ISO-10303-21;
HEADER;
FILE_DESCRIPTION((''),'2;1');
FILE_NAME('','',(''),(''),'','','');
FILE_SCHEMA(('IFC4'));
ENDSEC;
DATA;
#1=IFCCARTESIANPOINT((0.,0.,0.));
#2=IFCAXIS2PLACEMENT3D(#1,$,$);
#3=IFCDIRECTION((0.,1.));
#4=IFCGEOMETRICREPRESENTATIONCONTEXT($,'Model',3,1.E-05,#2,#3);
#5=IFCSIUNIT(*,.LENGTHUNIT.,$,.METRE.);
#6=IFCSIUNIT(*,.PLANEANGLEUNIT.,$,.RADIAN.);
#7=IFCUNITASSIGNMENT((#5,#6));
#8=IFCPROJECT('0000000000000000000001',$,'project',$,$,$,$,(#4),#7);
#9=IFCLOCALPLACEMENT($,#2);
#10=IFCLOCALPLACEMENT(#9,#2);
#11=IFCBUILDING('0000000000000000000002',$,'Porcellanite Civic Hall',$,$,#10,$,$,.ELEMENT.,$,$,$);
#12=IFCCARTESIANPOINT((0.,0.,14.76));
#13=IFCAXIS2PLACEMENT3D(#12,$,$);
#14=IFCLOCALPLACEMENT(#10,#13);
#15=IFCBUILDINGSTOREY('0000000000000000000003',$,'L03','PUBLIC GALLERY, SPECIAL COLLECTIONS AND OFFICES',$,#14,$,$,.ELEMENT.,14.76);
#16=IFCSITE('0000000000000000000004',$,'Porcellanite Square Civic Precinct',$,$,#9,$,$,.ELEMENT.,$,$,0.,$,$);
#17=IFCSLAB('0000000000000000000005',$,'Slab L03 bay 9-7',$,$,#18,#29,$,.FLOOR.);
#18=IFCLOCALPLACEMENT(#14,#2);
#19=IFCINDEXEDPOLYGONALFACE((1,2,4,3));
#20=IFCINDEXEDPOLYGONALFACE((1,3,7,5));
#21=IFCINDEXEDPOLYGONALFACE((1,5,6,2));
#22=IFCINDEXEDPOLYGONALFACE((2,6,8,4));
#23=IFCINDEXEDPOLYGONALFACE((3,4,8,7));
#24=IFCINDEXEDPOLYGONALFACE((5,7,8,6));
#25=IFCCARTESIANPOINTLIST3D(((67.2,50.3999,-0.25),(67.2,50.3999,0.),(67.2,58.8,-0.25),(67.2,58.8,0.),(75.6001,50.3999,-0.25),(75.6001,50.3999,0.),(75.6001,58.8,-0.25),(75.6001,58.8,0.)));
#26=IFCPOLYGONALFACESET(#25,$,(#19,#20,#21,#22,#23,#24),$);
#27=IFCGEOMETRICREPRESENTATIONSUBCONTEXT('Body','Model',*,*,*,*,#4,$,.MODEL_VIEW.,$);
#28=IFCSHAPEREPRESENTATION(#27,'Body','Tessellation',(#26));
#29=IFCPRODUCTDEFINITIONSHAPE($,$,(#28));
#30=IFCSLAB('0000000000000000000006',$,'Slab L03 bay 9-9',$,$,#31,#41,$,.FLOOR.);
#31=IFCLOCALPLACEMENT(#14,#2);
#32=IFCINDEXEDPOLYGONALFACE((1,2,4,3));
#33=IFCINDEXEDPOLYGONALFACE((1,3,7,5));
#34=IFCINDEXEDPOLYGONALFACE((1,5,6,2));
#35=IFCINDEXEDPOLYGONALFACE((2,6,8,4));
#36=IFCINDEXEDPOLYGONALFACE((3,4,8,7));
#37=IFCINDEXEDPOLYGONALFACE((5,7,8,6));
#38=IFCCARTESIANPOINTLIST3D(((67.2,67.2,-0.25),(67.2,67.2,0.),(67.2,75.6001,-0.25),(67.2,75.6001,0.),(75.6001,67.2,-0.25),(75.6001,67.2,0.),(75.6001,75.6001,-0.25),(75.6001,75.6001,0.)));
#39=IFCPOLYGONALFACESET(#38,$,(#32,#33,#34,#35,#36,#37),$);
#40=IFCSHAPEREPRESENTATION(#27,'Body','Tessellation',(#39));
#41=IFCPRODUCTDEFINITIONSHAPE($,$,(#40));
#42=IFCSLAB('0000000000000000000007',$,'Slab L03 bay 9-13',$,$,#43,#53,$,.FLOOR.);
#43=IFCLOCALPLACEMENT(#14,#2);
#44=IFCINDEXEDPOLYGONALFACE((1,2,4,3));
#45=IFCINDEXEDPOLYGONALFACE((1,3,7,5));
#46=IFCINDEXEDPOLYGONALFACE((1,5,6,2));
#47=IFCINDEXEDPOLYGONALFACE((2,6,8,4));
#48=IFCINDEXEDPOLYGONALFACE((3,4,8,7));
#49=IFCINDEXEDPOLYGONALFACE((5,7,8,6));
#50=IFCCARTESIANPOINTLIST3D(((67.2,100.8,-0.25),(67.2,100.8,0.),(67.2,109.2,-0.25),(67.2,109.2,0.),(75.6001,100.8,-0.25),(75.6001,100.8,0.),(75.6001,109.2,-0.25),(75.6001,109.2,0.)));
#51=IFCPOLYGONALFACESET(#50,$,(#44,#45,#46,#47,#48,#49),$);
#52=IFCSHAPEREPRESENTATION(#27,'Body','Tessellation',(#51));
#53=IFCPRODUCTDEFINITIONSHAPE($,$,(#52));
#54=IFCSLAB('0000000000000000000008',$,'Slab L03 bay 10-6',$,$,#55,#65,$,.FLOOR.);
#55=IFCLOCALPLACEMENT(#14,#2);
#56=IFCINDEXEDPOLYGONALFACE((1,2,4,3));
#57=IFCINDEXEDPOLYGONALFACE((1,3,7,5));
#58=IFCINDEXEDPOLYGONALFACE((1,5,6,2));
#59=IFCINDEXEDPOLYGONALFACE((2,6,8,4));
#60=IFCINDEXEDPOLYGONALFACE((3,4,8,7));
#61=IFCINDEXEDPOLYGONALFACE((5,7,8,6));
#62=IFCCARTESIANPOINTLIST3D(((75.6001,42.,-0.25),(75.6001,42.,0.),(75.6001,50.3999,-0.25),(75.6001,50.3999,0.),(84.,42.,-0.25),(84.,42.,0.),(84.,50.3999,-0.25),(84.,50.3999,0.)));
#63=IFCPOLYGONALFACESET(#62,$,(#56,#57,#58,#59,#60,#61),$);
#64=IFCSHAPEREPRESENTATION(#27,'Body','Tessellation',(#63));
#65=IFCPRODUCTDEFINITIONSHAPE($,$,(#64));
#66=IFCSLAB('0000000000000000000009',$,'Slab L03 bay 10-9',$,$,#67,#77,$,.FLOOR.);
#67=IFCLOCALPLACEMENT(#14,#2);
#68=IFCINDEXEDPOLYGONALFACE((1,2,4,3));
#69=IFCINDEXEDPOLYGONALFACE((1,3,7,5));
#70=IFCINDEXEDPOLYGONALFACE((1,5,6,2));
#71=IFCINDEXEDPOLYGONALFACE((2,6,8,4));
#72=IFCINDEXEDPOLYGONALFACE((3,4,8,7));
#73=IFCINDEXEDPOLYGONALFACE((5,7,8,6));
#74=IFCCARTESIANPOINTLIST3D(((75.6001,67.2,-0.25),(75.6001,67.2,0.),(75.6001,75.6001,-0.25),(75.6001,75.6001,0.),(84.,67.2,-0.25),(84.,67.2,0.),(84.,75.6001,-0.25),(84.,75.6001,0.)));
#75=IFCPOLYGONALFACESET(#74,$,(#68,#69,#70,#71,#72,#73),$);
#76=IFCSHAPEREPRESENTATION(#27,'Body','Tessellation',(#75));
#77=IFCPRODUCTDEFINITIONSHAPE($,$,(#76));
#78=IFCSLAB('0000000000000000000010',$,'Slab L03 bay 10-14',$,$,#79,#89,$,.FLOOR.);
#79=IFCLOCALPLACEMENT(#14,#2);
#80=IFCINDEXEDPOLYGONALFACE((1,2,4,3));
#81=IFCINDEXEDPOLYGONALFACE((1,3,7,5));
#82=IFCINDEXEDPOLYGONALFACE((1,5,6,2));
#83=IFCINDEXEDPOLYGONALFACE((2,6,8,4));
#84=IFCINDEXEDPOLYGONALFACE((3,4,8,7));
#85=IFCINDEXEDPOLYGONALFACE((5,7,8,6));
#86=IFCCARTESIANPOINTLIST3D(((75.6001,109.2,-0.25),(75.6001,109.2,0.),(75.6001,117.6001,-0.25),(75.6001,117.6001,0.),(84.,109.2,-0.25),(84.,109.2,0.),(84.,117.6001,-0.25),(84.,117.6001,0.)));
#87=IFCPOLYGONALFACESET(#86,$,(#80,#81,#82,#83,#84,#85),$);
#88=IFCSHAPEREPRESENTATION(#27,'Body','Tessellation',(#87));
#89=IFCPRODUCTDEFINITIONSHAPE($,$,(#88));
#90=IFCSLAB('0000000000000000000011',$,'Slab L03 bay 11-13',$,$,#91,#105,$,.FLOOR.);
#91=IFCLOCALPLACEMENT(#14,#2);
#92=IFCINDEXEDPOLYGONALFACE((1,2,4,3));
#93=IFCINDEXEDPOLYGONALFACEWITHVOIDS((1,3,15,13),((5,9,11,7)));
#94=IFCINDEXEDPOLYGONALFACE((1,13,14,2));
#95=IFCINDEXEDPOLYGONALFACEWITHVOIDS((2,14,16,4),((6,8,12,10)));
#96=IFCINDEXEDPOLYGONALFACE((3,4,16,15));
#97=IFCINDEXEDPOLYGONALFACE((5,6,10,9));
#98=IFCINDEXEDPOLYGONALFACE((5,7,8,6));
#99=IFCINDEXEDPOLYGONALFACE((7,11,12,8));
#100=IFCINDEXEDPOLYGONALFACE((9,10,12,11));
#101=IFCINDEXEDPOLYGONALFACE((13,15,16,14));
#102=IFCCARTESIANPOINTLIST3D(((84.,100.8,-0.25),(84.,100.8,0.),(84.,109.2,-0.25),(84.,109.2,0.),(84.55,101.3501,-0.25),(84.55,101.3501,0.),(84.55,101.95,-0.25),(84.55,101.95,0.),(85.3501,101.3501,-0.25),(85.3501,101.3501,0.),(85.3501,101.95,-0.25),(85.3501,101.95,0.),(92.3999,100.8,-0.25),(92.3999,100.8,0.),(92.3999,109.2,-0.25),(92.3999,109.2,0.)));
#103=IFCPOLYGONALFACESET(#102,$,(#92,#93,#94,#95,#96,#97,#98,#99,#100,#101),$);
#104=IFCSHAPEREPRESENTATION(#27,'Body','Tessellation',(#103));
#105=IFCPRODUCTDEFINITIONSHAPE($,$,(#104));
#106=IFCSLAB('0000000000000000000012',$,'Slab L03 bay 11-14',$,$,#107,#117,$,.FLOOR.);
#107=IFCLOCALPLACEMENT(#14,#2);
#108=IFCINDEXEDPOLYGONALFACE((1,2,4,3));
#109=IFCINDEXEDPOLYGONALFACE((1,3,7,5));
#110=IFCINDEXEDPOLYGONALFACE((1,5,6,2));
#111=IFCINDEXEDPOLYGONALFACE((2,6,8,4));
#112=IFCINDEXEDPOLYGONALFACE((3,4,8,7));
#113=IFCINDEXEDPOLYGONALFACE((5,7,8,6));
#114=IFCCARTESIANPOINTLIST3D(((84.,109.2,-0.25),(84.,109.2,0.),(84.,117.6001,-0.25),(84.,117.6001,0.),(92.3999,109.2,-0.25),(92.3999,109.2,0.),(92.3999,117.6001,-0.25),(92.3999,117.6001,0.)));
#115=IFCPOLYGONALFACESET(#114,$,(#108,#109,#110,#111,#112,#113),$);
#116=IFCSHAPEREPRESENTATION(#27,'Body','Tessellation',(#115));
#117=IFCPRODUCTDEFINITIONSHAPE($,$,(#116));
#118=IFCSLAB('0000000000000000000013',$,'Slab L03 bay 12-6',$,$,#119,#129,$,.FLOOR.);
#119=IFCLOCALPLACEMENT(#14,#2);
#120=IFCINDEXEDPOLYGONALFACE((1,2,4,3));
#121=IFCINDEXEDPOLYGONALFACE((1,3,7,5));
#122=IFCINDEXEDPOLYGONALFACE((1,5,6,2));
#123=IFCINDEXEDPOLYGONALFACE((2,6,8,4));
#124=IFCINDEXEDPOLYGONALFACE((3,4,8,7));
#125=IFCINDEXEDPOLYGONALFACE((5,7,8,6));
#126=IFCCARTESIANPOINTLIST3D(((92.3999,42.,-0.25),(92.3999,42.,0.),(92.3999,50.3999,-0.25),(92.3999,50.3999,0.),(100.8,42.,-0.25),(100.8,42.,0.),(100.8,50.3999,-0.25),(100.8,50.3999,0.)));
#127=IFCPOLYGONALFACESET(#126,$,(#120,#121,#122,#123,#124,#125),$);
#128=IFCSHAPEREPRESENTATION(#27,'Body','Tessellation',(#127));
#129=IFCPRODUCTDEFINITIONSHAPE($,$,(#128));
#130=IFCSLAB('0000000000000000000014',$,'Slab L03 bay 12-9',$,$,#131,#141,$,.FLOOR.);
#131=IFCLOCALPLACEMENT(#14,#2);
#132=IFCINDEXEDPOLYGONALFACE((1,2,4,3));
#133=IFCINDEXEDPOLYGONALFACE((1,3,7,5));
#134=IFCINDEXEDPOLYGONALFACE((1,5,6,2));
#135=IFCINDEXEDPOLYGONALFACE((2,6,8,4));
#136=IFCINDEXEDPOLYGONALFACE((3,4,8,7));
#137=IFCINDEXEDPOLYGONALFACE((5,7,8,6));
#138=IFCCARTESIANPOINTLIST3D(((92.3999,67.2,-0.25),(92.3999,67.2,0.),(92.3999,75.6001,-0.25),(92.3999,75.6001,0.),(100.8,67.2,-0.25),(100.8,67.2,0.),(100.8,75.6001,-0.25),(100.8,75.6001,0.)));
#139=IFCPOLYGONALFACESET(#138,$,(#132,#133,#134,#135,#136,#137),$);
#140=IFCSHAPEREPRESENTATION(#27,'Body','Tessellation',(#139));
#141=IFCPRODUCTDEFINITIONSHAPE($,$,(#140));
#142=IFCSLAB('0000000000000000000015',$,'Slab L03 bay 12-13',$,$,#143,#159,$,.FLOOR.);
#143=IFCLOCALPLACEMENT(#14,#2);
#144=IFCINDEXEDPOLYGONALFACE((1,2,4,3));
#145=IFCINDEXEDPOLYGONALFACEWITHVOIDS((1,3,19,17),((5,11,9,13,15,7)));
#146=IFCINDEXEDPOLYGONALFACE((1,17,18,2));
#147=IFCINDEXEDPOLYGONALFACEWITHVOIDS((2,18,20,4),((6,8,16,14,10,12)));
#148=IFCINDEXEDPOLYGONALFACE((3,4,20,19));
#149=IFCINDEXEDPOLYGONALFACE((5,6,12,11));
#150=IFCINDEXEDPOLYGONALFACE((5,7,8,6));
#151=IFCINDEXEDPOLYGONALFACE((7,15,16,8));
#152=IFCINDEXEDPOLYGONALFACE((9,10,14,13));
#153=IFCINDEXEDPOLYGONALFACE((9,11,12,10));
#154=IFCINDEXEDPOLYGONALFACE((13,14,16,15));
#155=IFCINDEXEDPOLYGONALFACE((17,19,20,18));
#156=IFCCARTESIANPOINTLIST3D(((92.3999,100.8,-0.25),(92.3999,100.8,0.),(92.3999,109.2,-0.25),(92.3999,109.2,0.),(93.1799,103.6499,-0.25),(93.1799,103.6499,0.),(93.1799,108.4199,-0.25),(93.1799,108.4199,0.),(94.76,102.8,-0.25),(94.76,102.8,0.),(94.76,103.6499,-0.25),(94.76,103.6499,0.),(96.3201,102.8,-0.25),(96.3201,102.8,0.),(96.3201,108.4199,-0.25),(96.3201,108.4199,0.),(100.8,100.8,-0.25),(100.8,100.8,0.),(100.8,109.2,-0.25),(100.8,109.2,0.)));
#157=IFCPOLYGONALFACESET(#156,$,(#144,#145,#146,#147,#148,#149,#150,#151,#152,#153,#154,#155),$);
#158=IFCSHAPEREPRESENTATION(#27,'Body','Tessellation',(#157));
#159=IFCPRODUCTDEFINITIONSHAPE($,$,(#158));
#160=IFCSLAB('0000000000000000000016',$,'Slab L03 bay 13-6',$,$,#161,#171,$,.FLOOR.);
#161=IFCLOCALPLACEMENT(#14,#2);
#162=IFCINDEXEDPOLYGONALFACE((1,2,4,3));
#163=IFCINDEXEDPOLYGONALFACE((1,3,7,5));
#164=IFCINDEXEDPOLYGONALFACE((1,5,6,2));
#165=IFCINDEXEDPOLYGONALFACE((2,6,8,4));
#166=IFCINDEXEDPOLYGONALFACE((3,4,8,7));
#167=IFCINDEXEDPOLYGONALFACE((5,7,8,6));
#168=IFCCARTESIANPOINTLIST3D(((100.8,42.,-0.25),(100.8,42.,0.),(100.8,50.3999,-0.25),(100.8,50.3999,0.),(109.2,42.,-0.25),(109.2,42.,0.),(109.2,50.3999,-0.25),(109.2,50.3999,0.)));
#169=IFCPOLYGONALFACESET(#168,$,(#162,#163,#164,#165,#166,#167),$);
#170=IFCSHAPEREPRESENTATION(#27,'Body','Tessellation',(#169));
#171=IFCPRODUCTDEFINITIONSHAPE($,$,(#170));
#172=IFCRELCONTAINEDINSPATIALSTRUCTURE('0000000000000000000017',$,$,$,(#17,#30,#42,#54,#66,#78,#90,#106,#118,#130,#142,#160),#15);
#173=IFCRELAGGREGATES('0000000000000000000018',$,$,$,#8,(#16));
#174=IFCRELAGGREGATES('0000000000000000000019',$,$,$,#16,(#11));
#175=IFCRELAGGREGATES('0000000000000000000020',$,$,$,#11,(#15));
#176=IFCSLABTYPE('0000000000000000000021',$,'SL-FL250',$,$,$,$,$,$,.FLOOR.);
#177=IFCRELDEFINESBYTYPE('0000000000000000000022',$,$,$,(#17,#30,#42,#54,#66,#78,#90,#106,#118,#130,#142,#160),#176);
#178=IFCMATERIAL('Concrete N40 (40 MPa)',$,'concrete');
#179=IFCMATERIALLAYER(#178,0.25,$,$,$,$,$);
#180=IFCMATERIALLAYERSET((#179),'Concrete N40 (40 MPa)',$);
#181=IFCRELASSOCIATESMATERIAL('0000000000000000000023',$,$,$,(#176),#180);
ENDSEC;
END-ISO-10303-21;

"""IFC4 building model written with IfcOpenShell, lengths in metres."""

from ifc_helpers import new_model, si_unit, direction, frame, origin, place, context, subcontext, project, spatial, polyline, outline, extrude, material, layer, layer_set, type_object, element, save


model = new_model("IFC4")

# Units and contexts
model_context = context("Model", 3, precision=1e-05, world=origin(), true_north=direction((0.0, 1.0)))
body_context = subcontext(model_context, "Body", "Model", "MODEL_VIEW")
ifc_project = project(units=[si_unit("LENGTHUNIT", "METRE"), si_unit("PLANEANGLEUNIT", "RADIAN")], contexts=[model_context])

# Site, building, storey
site_placement = place(None, origin())
site = spatial("IfcSite", under=ifc_project, at=site_placement, Name="Porcellanite Square Civic Precinct", CompositionType="ELEMENT", RefElevation=0.0)
building_placement = place(site_placement, origin())
building = spatial("IfcBuilding", under=site, at=building_placement, Name="Porcellanite Civic Hall", CompositionType="ELEMENT")
storey_placement = place(building_placement, frame((0.0, 0.0, 14.76)))
storey = spatial("IfcBuildingStorey", under=building, at=storey_placement, Name="L03", Description="PUBLIC GALLERY, SPECIAL COLLECTIONS AND OFFICES", CompositionType="ELEMENT", Elevation=14.76)

# Slabs
ifc_material = material(Name="Concrete N40 (40 MPa)", Category="concrete")
ifc_layer = layer(ifc_material, 0.25)
ifc_layer_set = layer_set([ifc_layer], Name="Concrete N40 (40 MPa)")
slab_type = type_object("IfcSlabType", Name="SL-FL250", PredefinedType="FLOOR", material=ifc_layer_set)
slab_1_placement = place(storey_placement, frame((0.0, 0.0, -0.25)))
element("IfcSlab", 1, at=slab_1_placement, inside=storey, type_object=slab_type, Name="Slab L03 bay 9-7", PredefinedType="FLOOR", context=body_context, shape_type="SweptSolid", body=[
    extrude(outline(polyline([(67.2, 50.3999), (75.6001, 50.3999), (75.6001, 58.8), (67.2, 58.8), (67.2, 50.3999)])), origin(), (0.0, 0.0, 1.0), 0.25),
])
slab_2_placement = place(storey_placement, frame((0.0, 0.0, -0.25)))
element("IfcSlab", 2, at=slab_2_placement, inside=storey, type_object=slab_type, Name="Slab L03 bay 9-9", PredefinedType="FLOOR", context=body_context, shape_type="SweptSolid", body=[
    extrude(outline(polyline([(67.2, 67.2), (75.6001, 67.2), (75.6001, 75.6001), (67.2, 75.6001), (67.2, 67.2)])), origin(), (0.0, 0.0, 1.0), 0.25),
])
slab_3_placement = place(storey_placement, frame((0.0, 0.0, -0.25)))
element("IfcSlab", 3, at=slab_3_placement, inside=storey, type_object=slab_type, Name="Slab L03 bay 9-13", PredefinedType="FLOOR", context=body_context, shape_type="SweptSolid", body=[
    extrude(outline(polyline([(67.2, 100.8), (75.6001, 100.8), (75.6001, 109.2), (67.2, 109.2), (67.2, 100.8)])), origin(), (0.0, 0.0, 1.0), 0.25),
])
slab_4_placement = place(storey_placement, frame((0.0, 0.0, -0.25)))
element("IfcSlab", 4, at=slab_4_placement, inside=storey, type_object=slab_type, Name="Slab L03 bay 10-6", PredefinedType="FLOOR", context=body_context, shape_type="SweptSolid", body=[
    extrude(outline(polyline([(75.6001, 42.0), (84.0, 42.0), (84.0, 50.3999), (75.6001, 50.3999), (75.6001, 42.0)])), origin(), (0.0, 0.0, 1.0), 0.25),
])
slab_5_placement = place(storey_placement, frame((0.0, 0.0, -0.25)))
element("IfcSlab", 5, at=slab_5_placement, inside=storey, type_object=slab_type, Name="Slab L03 bay 10-9", PredefinedType="FLOOR", context=body_context, shape_type="SweptSolid", body=[
    extrude(outline(polyline([(75.6001, 67.2), (84.0, 67.2), (84.0, 75.6001), (75.6001, 75.6001), (75.6001, 67.2)])), origin(), (0.0, 0.0, 1.0), 0.25),
])
slab_6_placement = place(storey_placement, frame((0.0, 0.0, -0.25)))
element("IfcSlab", 6, at=slab_6_placement, inside=storey, type_object=slab_type, Name="Slab L03 bay 10-14", PredefinedType="FLOOR", context=body_context, shape_type="SweptSolid", body=[
    extrude(outline(polyline([(75.6001, 109.2), (84.0, 109.2), (84.0, 117.6001), (75.6001, 117.6001), (75.6001, 109.2)])), origin(), (0.0, 0.0, 1.0), 0.25),
])
slab_7_placement = place(storey_placement, frame((0.0, 0.0, -0.25)))
element("IfcSlab", 7, at=slab_7_placement, inside=storey, type_object=slab_type, Name="Slab L03 bay 11-13", PredefinedType="FLOOR", context=body_context, shape_type="SweptSolid", body=[
    extrude(outline(polyline([(84.0, 100.8), (92.3999, 100.8), (92.3999, 109.2), (84.0, 109.2), (84.0, 100.8)]), holes=[polyline([(84.55, 101.3501), (85.3501, 101.3501), (85.3501, 101.95), (84.55, 101.95), (84.55, 101.3501)])]), origin(), (0.0, 0.0, 1.0), 0.25),
])
slab_8_placement = place(storey_placement, frame((0.0, 0.0, -0.25)))
element("IfcSlab", 8, at=slab_8_placement, inside=storey, type_object=slab_type, Name="Slab L03 bay 11-14", PredefinedType="FLOOR", context=body_context, shape_type="SweptSolid", body=[
    extrude(outline(polyline([(84.0, 109.2), (92.3999, 109.2), (92.3999, 117.6001), (84.0, 117.6001), (84.0, 109.2)])), origin(), (0.0, 0.0, 1.0), 0.25),
])
slab_9_placement = place(storey_placement, frame((0.0, 0.0, -0.25)))
element("IfcSlab", 9, at=slab_9_placement, inside=storey, type_object=slab_type, Name="Slab L03 bay 12-6", PredefinedType="FLOOR", context=body_context, shape_type="SweptSolid", body=[
    extrude(outline(polyline([(92.3999, 42.0), (100.8, 42.0), (100.8, 50.3999), (92.3999, 50.3999), (92.3999, 42.0)])), origin(), (0.0, 0.0, 1.0), 0.25),
])
slab_10_placement = place(storey_placement, frame((0.0, 0.0, -0.25)))
element("IfcSlab", 10, at=slab_10_placement, inside=storey, type_object=slab_type, Name="Slab L03 bay 12-9", PredefinedType="FLOOR", context=body_context, shape_type="SweptSolid", body=[
    extrude(outline(polyline([(92.3999, 67.2), (100.8, 67.2), (100.8, 75.6001), (92.3999, 75.6001), (92.3999, 67.2)])), origin(), (0.0, 0.0, 1.0), 0.25),
])
slab_11_placement = place(storey_placement, frame((0.0, 0.0, -0.25)))
element("IfcSlab", 11, at=slab_11_placement, inside=storey, type_object=slab_type, Name="Slab L03 bay 12-13", PredefinedType="FLOOR", context=body_context, shape_type="SweptSolid", body=[
    extrude(outline(polyline([(92.3999, 100.8), (100.8, 100.8), (100.8, 109.2), (92.3999, 109.2), (92.3999, 100.8)]), holes=[polyline([(93.1799, 103.6499), (94.76, 103.6499), (94.76, 102.8), (96.3201, 102.8), (96.3201, 108.4199), (93.1799, 108.4199), (93.1799, 103.6499)])]), origin(), (0.0, 0.0, 1.0), 0.25),
])
slab_12_placement = place(storey_placement, frame((0.0, 0.0, -0.25)))
element("IfcSlab", 12, at=slab_12_placement, inside=storey, type_object=slab_type, Name="Slab L03 bay 13-6", PredefinedType="FLOOR", context=body_context, shape_type="SweptSolid", body=[
    extrude(outline(polyline([(100.8, 42.0), (109.2, 42.0), (109.2, 50.3999), (100.8, 50.3999), (100.8, 42.0)])), origin(), (0.0, 0.0, 1.0), 0.25),
])

save(model, "model.ifc")
